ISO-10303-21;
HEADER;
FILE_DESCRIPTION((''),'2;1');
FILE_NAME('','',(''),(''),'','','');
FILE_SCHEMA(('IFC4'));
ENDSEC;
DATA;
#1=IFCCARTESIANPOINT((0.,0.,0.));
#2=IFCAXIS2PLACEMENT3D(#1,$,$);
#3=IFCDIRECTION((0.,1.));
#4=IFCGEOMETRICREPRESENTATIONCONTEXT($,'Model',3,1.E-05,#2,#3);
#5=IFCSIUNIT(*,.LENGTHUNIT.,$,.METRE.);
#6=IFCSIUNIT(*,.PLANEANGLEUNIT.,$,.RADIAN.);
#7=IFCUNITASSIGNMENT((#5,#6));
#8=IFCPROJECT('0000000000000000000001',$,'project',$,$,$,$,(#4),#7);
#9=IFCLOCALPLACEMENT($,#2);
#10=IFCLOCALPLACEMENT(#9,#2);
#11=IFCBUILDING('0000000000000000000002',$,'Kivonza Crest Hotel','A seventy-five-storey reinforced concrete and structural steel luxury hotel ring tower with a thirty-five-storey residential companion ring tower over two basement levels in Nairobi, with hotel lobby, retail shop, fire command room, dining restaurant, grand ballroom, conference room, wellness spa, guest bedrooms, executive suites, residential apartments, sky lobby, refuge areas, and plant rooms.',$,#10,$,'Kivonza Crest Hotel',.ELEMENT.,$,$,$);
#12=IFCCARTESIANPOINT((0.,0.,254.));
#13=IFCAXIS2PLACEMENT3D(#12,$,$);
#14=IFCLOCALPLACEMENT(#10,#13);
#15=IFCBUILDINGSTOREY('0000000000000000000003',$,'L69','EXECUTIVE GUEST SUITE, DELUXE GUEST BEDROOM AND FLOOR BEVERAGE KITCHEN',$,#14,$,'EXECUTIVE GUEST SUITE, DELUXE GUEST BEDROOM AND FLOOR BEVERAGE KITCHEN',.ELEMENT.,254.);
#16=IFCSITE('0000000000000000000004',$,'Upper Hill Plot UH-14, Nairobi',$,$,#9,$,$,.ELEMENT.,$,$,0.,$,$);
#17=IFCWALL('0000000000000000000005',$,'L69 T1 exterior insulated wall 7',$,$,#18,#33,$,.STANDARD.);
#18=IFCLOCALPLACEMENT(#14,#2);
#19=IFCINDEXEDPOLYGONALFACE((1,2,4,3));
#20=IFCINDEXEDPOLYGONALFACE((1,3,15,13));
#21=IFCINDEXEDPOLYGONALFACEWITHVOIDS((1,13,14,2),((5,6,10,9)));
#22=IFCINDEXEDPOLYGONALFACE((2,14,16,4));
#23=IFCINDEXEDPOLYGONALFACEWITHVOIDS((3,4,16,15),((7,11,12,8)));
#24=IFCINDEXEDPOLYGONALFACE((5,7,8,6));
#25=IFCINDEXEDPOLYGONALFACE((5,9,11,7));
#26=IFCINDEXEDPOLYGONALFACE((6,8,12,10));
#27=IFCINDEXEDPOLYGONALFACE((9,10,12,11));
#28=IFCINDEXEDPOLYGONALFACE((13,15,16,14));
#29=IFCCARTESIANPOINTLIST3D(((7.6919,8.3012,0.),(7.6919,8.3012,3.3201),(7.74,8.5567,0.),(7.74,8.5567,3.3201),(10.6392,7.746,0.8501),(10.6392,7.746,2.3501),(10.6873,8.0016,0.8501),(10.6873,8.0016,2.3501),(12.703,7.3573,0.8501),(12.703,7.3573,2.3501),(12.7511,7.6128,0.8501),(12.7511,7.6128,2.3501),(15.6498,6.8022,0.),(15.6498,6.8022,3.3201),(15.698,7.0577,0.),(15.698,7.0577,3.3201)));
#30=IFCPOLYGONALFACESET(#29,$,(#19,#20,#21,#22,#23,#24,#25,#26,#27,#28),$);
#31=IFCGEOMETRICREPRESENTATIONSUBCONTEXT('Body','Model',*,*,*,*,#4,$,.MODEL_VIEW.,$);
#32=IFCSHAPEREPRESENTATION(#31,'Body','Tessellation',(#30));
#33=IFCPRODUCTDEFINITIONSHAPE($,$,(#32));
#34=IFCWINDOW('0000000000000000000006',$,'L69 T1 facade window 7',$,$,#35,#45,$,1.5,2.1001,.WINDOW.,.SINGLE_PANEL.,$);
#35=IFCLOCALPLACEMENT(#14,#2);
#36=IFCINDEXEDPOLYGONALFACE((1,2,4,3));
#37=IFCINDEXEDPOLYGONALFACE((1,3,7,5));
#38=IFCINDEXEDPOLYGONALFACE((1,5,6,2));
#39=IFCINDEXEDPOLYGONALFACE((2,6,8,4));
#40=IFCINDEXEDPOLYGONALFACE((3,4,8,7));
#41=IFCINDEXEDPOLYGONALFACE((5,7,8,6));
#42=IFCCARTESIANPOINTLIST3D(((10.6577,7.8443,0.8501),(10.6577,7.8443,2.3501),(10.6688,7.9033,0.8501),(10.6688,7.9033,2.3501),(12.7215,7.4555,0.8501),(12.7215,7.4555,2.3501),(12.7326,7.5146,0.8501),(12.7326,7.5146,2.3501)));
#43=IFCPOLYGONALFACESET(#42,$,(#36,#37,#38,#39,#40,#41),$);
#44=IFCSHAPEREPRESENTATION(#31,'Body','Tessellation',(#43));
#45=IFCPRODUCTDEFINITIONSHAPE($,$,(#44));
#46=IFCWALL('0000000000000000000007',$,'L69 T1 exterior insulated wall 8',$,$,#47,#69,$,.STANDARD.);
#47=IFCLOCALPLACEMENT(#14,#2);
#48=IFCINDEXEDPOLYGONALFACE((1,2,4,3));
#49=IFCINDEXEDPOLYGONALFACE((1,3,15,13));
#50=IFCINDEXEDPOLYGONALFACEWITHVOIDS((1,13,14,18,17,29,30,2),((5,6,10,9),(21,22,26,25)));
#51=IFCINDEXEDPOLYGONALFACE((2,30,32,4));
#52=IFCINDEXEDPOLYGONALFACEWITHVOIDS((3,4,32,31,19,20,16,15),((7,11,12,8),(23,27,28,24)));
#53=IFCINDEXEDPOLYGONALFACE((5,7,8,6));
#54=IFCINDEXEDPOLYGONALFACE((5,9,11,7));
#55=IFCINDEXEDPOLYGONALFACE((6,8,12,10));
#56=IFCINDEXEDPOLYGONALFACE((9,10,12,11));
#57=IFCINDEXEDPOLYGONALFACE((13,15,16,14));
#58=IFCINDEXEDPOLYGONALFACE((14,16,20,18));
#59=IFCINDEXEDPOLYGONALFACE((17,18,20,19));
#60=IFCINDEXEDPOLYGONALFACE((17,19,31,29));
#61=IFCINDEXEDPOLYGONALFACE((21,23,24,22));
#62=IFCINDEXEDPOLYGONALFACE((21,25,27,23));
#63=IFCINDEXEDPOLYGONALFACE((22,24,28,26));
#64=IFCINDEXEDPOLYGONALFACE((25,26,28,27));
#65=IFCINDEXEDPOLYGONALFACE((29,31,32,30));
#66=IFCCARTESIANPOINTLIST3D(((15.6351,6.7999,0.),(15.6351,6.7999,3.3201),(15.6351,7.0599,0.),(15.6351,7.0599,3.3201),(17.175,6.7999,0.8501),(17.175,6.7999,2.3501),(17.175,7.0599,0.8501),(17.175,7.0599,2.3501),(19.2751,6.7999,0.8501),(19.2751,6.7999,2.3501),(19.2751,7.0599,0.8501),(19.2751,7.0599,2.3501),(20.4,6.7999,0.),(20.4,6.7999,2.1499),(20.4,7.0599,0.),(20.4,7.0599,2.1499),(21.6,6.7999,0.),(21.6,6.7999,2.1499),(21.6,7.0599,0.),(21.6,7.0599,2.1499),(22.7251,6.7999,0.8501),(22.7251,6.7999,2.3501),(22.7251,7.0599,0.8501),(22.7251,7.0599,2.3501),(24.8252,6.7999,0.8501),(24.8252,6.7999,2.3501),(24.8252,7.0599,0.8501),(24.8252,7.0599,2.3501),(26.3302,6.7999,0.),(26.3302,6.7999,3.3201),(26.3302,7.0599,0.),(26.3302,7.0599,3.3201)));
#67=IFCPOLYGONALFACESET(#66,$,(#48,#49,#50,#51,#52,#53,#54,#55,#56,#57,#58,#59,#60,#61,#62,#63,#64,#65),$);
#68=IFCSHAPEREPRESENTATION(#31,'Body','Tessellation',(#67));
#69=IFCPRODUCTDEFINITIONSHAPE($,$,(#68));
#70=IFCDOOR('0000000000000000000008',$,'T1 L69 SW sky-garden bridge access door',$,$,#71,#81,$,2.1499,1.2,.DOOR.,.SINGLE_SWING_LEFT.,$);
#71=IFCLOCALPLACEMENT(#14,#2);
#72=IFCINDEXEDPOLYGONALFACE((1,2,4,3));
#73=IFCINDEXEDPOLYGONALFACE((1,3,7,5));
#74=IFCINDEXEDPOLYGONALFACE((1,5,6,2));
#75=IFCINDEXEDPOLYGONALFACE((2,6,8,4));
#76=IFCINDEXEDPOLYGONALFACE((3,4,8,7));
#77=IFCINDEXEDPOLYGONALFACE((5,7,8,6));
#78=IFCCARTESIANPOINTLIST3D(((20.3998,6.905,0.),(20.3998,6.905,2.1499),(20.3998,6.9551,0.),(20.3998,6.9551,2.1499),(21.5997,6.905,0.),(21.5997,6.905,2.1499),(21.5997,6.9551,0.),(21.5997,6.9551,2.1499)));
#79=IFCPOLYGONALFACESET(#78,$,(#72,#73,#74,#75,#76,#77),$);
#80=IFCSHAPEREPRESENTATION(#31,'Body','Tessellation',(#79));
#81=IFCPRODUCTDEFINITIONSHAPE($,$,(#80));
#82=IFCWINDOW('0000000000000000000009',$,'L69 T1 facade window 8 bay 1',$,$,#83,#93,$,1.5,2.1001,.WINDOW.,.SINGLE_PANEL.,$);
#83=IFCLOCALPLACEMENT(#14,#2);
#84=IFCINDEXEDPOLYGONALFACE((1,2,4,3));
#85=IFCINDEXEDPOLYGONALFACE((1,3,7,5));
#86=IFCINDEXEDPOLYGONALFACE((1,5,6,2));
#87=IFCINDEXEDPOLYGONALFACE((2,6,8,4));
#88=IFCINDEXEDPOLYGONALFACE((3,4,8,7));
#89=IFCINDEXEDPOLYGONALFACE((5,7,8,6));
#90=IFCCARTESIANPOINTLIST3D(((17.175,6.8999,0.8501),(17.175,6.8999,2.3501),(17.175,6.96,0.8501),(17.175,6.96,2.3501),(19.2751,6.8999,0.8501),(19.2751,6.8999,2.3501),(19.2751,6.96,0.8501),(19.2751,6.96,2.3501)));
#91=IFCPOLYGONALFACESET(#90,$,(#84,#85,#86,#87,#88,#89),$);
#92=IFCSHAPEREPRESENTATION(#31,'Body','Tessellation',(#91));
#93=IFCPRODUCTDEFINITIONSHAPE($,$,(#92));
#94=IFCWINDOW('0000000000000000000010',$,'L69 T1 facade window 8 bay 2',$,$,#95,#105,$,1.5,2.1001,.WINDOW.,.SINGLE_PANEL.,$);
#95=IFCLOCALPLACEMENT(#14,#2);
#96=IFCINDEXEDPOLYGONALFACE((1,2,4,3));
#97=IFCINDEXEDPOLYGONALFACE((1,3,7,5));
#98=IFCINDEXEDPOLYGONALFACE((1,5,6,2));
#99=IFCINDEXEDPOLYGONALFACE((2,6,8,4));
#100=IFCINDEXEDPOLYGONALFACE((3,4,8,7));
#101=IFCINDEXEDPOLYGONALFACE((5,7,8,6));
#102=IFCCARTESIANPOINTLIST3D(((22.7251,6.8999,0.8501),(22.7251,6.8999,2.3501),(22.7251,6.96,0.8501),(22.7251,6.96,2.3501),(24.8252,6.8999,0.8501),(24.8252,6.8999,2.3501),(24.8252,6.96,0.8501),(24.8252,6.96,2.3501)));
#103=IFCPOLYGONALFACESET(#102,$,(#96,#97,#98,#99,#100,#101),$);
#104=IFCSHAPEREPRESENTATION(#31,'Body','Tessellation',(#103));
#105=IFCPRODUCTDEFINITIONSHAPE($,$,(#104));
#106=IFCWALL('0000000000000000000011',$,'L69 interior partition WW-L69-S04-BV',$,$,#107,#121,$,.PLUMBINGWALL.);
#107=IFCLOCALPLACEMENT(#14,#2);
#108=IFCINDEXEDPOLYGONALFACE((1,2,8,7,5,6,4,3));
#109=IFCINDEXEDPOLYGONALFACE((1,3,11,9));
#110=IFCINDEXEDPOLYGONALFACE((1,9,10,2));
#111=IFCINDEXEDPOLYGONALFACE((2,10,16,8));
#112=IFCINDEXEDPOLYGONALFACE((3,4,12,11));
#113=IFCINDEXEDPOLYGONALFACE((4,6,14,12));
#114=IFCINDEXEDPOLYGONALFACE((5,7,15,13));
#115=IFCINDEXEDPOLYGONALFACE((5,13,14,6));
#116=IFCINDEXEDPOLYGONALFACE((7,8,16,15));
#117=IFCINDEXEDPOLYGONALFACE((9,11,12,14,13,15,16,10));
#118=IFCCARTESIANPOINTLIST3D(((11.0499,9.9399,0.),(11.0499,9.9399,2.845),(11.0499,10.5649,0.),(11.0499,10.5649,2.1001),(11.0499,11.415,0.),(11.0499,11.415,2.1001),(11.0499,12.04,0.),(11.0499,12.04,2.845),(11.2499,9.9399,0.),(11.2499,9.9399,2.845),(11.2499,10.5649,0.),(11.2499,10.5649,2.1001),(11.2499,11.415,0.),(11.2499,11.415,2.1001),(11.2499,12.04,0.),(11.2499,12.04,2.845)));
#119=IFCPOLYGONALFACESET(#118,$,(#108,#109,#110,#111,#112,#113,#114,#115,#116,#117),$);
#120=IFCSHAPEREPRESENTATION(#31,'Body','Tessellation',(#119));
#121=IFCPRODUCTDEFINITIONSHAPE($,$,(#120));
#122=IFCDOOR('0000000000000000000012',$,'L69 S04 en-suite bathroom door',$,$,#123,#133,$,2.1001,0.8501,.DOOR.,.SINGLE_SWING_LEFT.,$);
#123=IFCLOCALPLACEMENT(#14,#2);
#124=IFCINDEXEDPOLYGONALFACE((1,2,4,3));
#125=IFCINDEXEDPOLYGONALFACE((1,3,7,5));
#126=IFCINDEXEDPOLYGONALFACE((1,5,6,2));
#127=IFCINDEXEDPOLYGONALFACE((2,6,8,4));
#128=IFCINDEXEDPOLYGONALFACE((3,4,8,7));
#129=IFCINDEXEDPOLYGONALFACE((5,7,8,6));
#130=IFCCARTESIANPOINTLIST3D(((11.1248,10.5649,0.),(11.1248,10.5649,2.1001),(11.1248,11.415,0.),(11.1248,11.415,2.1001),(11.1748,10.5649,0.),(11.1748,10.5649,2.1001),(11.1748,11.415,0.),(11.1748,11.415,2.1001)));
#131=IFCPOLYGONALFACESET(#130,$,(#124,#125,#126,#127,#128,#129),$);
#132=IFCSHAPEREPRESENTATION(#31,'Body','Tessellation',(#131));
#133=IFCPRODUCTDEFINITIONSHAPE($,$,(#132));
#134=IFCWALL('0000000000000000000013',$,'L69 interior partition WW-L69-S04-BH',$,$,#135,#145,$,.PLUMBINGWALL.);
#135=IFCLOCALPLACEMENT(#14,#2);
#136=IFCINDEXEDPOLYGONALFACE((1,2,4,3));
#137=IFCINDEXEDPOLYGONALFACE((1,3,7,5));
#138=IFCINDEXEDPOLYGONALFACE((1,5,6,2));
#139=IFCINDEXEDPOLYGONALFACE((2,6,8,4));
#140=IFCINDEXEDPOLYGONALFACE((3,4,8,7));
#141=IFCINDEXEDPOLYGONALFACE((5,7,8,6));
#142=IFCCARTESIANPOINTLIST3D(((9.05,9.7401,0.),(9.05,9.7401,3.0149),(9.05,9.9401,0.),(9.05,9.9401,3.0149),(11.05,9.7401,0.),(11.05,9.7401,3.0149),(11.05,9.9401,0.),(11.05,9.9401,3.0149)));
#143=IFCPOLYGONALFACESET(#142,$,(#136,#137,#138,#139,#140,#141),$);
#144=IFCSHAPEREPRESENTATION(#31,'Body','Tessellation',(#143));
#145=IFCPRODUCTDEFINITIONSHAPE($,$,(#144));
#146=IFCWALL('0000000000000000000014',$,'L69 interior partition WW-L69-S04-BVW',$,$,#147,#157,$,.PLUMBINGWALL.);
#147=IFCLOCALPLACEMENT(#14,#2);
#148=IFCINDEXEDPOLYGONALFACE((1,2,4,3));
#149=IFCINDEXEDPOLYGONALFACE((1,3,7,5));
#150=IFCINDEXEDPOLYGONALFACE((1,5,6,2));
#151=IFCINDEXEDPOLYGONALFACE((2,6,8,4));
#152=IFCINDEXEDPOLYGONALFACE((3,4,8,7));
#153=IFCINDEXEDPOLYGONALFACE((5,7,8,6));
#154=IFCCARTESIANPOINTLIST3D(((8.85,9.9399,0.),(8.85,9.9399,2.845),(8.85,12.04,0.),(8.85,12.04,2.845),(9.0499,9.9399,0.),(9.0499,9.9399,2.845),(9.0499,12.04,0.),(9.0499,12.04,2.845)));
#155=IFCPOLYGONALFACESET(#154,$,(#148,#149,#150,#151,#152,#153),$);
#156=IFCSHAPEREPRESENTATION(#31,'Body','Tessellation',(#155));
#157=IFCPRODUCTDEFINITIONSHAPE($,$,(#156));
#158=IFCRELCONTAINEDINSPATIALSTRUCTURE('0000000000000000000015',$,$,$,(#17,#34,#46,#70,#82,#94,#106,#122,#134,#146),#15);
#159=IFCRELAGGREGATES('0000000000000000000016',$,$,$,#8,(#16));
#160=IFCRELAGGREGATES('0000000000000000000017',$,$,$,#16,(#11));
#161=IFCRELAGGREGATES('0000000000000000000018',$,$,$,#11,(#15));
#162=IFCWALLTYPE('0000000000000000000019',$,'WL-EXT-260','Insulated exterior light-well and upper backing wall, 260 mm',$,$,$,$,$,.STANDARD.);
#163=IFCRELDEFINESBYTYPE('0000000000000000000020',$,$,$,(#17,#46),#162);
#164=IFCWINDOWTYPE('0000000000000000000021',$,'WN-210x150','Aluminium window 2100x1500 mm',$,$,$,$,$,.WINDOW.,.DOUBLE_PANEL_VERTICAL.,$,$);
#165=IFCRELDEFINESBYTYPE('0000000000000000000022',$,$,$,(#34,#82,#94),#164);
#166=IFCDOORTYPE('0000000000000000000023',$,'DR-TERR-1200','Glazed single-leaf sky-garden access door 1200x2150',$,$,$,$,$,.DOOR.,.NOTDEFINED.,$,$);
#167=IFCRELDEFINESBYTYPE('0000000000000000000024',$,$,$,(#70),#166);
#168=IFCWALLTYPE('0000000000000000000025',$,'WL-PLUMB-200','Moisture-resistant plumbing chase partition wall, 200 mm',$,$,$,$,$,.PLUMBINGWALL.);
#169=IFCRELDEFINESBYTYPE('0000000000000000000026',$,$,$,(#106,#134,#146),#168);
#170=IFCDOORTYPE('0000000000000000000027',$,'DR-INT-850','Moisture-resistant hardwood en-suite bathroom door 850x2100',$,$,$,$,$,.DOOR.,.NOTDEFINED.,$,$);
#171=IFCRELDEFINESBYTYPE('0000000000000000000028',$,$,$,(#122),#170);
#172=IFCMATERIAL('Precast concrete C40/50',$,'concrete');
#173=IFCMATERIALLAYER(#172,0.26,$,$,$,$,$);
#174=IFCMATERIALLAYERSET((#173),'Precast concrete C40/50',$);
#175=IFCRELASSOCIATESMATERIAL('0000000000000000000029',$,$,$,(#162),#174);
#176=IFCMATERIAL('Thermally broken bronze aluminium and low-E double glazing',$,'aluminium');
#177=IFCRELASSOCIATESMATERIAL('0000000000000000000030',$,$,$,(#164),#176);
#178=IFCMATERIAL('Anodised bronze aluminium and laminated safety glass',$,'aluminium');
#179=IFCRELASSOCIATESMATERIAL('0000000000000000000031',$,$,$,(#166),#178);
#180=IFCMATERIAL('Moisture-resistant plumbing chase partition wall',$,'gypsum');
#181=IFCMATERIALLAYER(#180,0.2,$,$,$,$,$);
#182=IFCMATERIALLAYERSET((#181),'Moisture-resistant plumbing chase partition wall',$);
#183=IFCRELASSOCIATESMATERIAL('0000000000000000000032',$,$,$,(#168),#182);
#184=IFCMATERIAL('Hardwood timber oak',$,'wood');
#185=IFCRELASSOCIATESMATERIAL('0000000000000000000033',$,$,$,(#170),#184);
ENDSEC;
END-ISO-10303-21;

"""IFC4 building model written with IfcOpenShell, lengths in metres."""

from ifc_helpers import new_model, si_unit, direction, frame, frame_2d, origin, place, context, subcontext, project, spatial, rectangle, extrude, material, layer, layer_set, type_object, element, fill, save


model = new_model("IFC4")

# Units and contexts
model_context = context("Model", 3, precision=1e-05, world=origin(), true_north=direction((0.0, 1.0)))
body_context = subcontext(model_context, "Body", "Model", "MODEL_VIEW")
ifc_project = project(units=[si_unit("LENGTHUNIT", "METRE"), si_unit("PLANEANGLEUNIT", "RADIAN")], contexts=[model_context])

# Site, building, storey
site_placement = place(None, origin())
site = spatial("IfcSite", under=ifc_project, at=site_placement, Name="Upper Hill Plot UH-14, Nairobi", CompositionType="ELEMENT", RefElevation=0.0)
building_placement = place(site_placement, origin())
building = spatial("IfcBuilding", under=site, at=building_placement, Name="Kivonza Crest Hotel", Description="A seventy-five-storey reinforced concrete and structural steel luxury hotel ring tower with a thirty-five-storey residential companion ring tower over two basement levels in Nairobi, with hotel lobby, retail shop, fire command room, dining restaurant, grand ballroom, conference room, wellness spa, guest bedrooms, executive suites, residential apartments, sky lobby, refuge areas, and plant rooms.", LongName="Kivonza Crest Hotel", CompositionType="ELEMENT")
storey_placement = place(building_placement, frame((0.0, 0.0, 254.0)))
storey = spatial("IfcBuildingStorey", under=building, at=storey_placement, Name="L69", Description="EXECUTIVE GUEST SUITE, DELUXE GUEST BEDROOM AND FLOOR BEVERAGE KITCHEN", LongName="EXECUTIVE GUEST SUITE, DELUXE GUEST BEDROOM AND FLOOR BEVERAGE KITCHEN", CompositionType="ELEMENT", Elevation=254.0)

# Shared definitions
ifc_material_1 = material(Name="Hardwood timber oak", Category="wood")

# Wall, opening, window
ifc_material_2 = material(Name="Precast concrete C40/50", Category="concrete")
ifc_layer_1 = layer(ifc_material_2, 0.26)
ifc_layer_set_1 = layer_set([ifc_layer_1], Name="Precast concrete C40/50")
wall_type_1 = type_object("IfcWallType", Name="WL-EXT-260", Description="Insulated exterior light-well and upper backing wall, 260 mm", PredefinedType="STANDARD", material=ifc_layer_set_1)
wall_1_placement = place(storey_placement, frame((7.7161, 8.429, 0.0), z_axis=(0.0, 0.0, 1.0), x_axis=(0.982718, -0.185111, 0.0)))
wall_1 = element("IfcWall", 1, at=wall_1_placement, inside=storey, type_object=wall_type_1, Name="L69 T1 exterior insulated wall 7", PredefinedType="STANDARD", context=body_context, shape_type="SweptSolid", body=[
    extrude(rectangle(XDim=8.0979, YDim=0.26, at=frame_2d((4.0488, 0.0))), origin(), (0.0, 0.0, 1.0), 3.3201),
])
opening_1_placement = place(wall_1_placement, frame((2.999, 0.0, 0.8501)))
opening_1 = element("IfcOpeningElement", 2, at=opening_1_placement, cuts=wall_1, PredefinedType="OPENING", context=body_context, shape_type="SweptSolid", body=[
    extrude(rectangle(XDim=2.1001, YDim=1.5, at=frame_2d((1.05, 0.75))), frame((0.0, 0.1401, 0.0), z_axis=(0.0, -1.0, 0.0), x_axis=(1.0, 0.0, 0.0)), (0.0, 0.0, 1.0), 0.28),
])
ifc_material_3 = material(Name="Thermally broken bronze aluminium and low-E double glazing", Category="aluminium")
window_type = type_object("IfcWindowType", Name="WN-210x150", Description="Aluminium window 2100x1500 mm", PartitioningType="DOUBLE_PANEL_VERTICAL", PredefinedType="WINDOW", material=ifc_material_3)
window_1_placement = place(opening_1_placement, origin())
window_1 = element("IfcWindow", 3, at=window_1_placement, inside=storey, type_object=window_type, Name="L69 T1 facade window 7", OverallHeight=1.5, OverallWidth=2.1001, PartitioningType="SINGLE_PANEL", PredefinedType="WINDOW", context=body_context, shape_type="SweptSolid", body=[
    extrude(rectangle(XDim=2.1001, YDim=1.5, at=frame_2d((1.05, 0.75))), frame((0.0, 0.03, 0.0), z_axis=(0.0, -1.0, 0.0), x_axis=(1.0, 0.0, 0.0)), (0.0, 0.0, 1.0), 0.0601),
])
fill(opening_1, window_1)

# Wall, openings, door, windows
wall_2_placement = place(storey_placement, frame((15.635, 6.9299, 0.0), z_axis=(0.0, 0.0, 1.0), x_axis=(1.0, 0.0, 0.0)))
wall_2 = element("IfcWall", 4, at=wall_2_placement, inside=storey, type_object=wall_type_1, Name="L69 T1 exterior insulated wall 8", PredefinedType="STANDARD", context=body_context, shape_type="SweptSolid", body=[
    extrude(rectangle(XDim=10.6951, YDim=0.26, at=frame_2d((5.3477, 0.0))), origin(), (0.0, 0.0, 1.0), 3.3201),
])
opening_2_placement = place(wall_2_placement, frame((4.7649, 0.0, 0.0)))
opening_2 = element("IfcOpeningElement", 5, at=opening_2_placement, cuts=wall_2, PredefinedType="OPENING", context=body_context, shape_type="SweptSolid", body=[
    extrude(rectangle(XDim=1.2, YDim=2.1499, at=frame_2d((0.6001, 1.075))), frame((0.0, 0.1401, 0.0), z_axis=(0.0, -1.0, 0.0), x_axis=(1.0, 0.0, 0.0)), (0.0, 0.0, 1.0), 0.28),
])
opening_3_placement = place(wall_2_placement, frame((1.54, 0.0, 0.8501)))
opening_3 = element("IfcOpeningElement", 6, at=opening_3_placement, cuts=wall_2, PredefinedType="OPENING", context=body_context, shape_type="SweptSolid", body=[
    extrude(rectangle(XDim=2.1001, YDim=1.5, at=frame_2d((1.05, 0.75))), frame((0.0, 0.1401, 0.0), z_axis=(0.0, -1.0, 0.0), x_axis=(1.0, 0.0, 0.0)), (0.0, 0.0, 1.0), 0.28),
])
opening_4_placement = place(wall_2_placement, frame((7.0901, 0.0, 0.8501)))
opening_4 = element("IfcOpeningElement", 7, at=opening_4_placement, cuts=wall_2, PredefinedType="OPENING", context=body_context, shape_type="SweptSolid", body=[
    extrude(rectangle(XDim=2.1001, YDim=1.5, at=frame_2d((1.05, 0.75))), frame((0.0, 0.1401, 0.0), z_axis=(0.0, -1.0, 0.0), x_axis=(1.0, 0.0, 0.0)), (0.0, 0.0, 1.0), 0.28),
])
ifc_material_4 = material(Name="Anodised bronze aluminium and laminated safety glass", Category="aluminium")
door_type_1 = type_object("IfcDoorType", Name="DR-TERR-1200", Description="Glazed single-leaf sky-garden access door 1200x2150", OperationType="NOTDEFINED", PredefinedType="DOOR", material=ifc_material_4)
door_1_placement = place(opening_2_placement, frame((1.2, 0.0, 0.0), z_axis=(0.0, 0.0, 1.0), x_axis=(-1.0, 0.0, 0.0)))
door_1 = element("IfcDoor", 8, at=door_1_placement, inside=storey, type_object=door_type_1, Name="T1 L69 SW sky-garden bridge access door", OperationType="SINGLE_SWING_LEFT", OverallHeight=2.1499, OverallWidth=1.2, PredefinedType="DOOR", context=body_context, shape_type="SweptSolid", body=[
    extrude(rectangle(XDim=1.2, YDim=2.1499, at=frame_2d((0.6001, 1.075))), frame((0.0, 0.0249, 0.0), z_axis=(0.0, -1.0, 0.0), x_axis=(1.0, 0.0, 0.0)), (0.0, 0.0, 1.0), 0.05),
])
fill(opening_2, door_1)
window_2_placement = place(opening_3_placement, origin())
window_2 = element("IfcWindow", 9, at=window_2_placement, inside=storey, type_object=window_type, Name="L69 T1 facade window 8 bay 1", OverallHeight=1.5, OverallWidth=2.1001, PartitioningType="SINGLE_PANEL", PredefinedType="WINDOW", context=body_context, shape_type="SweptSolid", body=[
    extrude(rectangle(XDim=2.1001, YDim=1.5, at=frame_2d((1.05, 0.75))), frame((0.0, 0.03, 0.0), z_axis=(0.0, -1.0, 0.0), x_axis=(1.0, 0.0, 0.0)), (0.0, 0.0, 1.0), 0.0601),
])
fill(opening_3, window_2)
window_3_placement = place(opening_4_placement, origin())
window_3 = element("IfcWindow", 10, at=window_3_placement, inside=storey, type_object=window_type, Name="L69 T1 facade window 8 bay 2", OverallHeight=1.5, OverallWidth=2.1001, PartitioningType="SINGLE_PANEL", PredefinedType="WINDOW", context=body_context, shape_type="SweptSolid", body=[
    extrude(rectangle(XDim=2.1001, YDim=1.5, at=frame_2d((1.05, 0.75))), frame((0.0, 0.03, 0.0), z_axis=(0.0, -1.0, 0.0), x_axis=(1.0, 0.0, 0.0)), (0.0, 0.0, 1.0), 0.0601),
])
fill(opening_4, window_3)

# Wall, opening, door
ifc_material_5 = material(Name="Moisture-resistant plumbing chase partition wall", Category="gypsum")
ifc_layer_2 = layer(ifc_material_5, 0.2)
ifc_layer_set_2 = layer_set([ifc_layer_2], Name="Moisture-resistant plumbing chase partition wall")
wall_type_2 = type_object("IfcWallType", Name="WL-PLUMB-200", Description="Moisture-resistant plumbing chase partition wall, 200 mm", PredefinedType="PLUMBINGWALL", material=ifc_layer_set_2)
wall_3_placement = place(storey_placement, frame((11.1499, 9.9399, 0.0), z_axis=(0.0, 0.0, 1.0), x_axis=(0.0, 1.0, 0.0)))
wall_3 = element("IfcWall", 11, at=wall_3_placement, inside=storey, type_object=wall_type_2, Name="L69 interior partition WW-L69-S04-BV", PredefinedType="PLUMBINGWALL", context=body_context, shape_type="SweptSolid", body=[
    extrude(rectangle(XDim=2.1001, YDim=0.2, at=frame_2d((1.05, 0.0))), origin(), (0.0, 0.0, 1.0), 2.845),
])
opening_5_placement = place(wall_3_placement, frame((0.625, 0.0, 0.0)))
opening_5 = element("IfcOpeningElement", 12, at=opening_5_placement, cuts=wall_3, PredefinedType="OPENING", context=body_context, shape_type="SweptSolid", body=[
    extrude(rectangle(XDim=0.8501, YDim=2.1001, at=frame_2d((0.425, 1.05))), frame((0.0, 0.1099, 0.0), z_axis=(0.0, -1.0, 0.0), x_axis=(1.0, 0.0, 0.0)), (0.0, 0.0, 1.0), 0.22),
])
door_type_2 = type_object("IfcDoorType", Name="DR-INT-850", Description="Moisture-resistant hardwood en-suite bathroom door 850x2100", OperationType="NOTDEFINED", PredefinedType="DOOR", material=ifc_material_1)
door_2_placement = place(opening_5_placement, frame((0.8501, 0.0, 0.0), z_axis=(0.0, 0.0, 1.0), x_axis=(-1.0, 0.0, 0.0)))
door_2 = element("IfcDoor", 13, at=door_2_placement, inside=storey, type_object=door_type_2, Name="L69 S04 en-suite bathroom door", OperationType="SINGLE_SWING_LEFT", OverallHeight=2.1001, OverallWidth=0.8501, PredefinedType="DOOR", context=body_context, shape_type="SweptSolid", body=[
    extrude(rectangle(XDim=0.8501, YDim=2.1001, at=frame_2d((0.425, 1.05))), frame((0.0, 0.0249, 0.0), z_axis=(0.0, -1.0, 0.0), x_axis=(1.0, 0.0, 0.0)), (0.0, 0.0, 1.0), 0.05),
])
fill(opening_5, door_2)

# Walls
wall_4_placement = place(storey_placement, frame((9.05, 9.8401, 0.0), z_axis=(0.0, 0.0, 1.0), x_axis=(1.0, 0.0, 0.0)))
element("IfcWall", 14, at=wall_4_placement, inside=storey, type_object=wall_type_2, Name="L69 interior partition WW-L69-S04-BH", PredefinedType="PLUMBINGWALL", context=body_context, shape_type="SweptSolid", body=[
    extrude(rectangle(XDim=2.0, YDim=0.2, at=frame_2d((1.0, 0.0))), origin(), (0.0, 0.0, 1.0), 3.0149),
])
wall_5_placement = place(storey_placement, frame((8.95, 9.9399, 0.0), z_axis=(0.0, 0.0, 1.0), x_axis=(0.0, 1.0, 0.0)))
element("IfcWall", 15, at=wall_5_placement, inside=storey, type_object=wall_type_2, Name="L69 interior partition WW-L69-S04-BVW", PredefinedType="PLUMBINGWALL", context=body_context, shape_type="SweptSolid", body=[
    extrude(rectangle(XDim=2.1001, YDim=0.2, at=frame_2d((1.05, 0.0))), origin(), (0.0, 0.0, 1.0), 2.845),
])

save(model, "model.ifc")
